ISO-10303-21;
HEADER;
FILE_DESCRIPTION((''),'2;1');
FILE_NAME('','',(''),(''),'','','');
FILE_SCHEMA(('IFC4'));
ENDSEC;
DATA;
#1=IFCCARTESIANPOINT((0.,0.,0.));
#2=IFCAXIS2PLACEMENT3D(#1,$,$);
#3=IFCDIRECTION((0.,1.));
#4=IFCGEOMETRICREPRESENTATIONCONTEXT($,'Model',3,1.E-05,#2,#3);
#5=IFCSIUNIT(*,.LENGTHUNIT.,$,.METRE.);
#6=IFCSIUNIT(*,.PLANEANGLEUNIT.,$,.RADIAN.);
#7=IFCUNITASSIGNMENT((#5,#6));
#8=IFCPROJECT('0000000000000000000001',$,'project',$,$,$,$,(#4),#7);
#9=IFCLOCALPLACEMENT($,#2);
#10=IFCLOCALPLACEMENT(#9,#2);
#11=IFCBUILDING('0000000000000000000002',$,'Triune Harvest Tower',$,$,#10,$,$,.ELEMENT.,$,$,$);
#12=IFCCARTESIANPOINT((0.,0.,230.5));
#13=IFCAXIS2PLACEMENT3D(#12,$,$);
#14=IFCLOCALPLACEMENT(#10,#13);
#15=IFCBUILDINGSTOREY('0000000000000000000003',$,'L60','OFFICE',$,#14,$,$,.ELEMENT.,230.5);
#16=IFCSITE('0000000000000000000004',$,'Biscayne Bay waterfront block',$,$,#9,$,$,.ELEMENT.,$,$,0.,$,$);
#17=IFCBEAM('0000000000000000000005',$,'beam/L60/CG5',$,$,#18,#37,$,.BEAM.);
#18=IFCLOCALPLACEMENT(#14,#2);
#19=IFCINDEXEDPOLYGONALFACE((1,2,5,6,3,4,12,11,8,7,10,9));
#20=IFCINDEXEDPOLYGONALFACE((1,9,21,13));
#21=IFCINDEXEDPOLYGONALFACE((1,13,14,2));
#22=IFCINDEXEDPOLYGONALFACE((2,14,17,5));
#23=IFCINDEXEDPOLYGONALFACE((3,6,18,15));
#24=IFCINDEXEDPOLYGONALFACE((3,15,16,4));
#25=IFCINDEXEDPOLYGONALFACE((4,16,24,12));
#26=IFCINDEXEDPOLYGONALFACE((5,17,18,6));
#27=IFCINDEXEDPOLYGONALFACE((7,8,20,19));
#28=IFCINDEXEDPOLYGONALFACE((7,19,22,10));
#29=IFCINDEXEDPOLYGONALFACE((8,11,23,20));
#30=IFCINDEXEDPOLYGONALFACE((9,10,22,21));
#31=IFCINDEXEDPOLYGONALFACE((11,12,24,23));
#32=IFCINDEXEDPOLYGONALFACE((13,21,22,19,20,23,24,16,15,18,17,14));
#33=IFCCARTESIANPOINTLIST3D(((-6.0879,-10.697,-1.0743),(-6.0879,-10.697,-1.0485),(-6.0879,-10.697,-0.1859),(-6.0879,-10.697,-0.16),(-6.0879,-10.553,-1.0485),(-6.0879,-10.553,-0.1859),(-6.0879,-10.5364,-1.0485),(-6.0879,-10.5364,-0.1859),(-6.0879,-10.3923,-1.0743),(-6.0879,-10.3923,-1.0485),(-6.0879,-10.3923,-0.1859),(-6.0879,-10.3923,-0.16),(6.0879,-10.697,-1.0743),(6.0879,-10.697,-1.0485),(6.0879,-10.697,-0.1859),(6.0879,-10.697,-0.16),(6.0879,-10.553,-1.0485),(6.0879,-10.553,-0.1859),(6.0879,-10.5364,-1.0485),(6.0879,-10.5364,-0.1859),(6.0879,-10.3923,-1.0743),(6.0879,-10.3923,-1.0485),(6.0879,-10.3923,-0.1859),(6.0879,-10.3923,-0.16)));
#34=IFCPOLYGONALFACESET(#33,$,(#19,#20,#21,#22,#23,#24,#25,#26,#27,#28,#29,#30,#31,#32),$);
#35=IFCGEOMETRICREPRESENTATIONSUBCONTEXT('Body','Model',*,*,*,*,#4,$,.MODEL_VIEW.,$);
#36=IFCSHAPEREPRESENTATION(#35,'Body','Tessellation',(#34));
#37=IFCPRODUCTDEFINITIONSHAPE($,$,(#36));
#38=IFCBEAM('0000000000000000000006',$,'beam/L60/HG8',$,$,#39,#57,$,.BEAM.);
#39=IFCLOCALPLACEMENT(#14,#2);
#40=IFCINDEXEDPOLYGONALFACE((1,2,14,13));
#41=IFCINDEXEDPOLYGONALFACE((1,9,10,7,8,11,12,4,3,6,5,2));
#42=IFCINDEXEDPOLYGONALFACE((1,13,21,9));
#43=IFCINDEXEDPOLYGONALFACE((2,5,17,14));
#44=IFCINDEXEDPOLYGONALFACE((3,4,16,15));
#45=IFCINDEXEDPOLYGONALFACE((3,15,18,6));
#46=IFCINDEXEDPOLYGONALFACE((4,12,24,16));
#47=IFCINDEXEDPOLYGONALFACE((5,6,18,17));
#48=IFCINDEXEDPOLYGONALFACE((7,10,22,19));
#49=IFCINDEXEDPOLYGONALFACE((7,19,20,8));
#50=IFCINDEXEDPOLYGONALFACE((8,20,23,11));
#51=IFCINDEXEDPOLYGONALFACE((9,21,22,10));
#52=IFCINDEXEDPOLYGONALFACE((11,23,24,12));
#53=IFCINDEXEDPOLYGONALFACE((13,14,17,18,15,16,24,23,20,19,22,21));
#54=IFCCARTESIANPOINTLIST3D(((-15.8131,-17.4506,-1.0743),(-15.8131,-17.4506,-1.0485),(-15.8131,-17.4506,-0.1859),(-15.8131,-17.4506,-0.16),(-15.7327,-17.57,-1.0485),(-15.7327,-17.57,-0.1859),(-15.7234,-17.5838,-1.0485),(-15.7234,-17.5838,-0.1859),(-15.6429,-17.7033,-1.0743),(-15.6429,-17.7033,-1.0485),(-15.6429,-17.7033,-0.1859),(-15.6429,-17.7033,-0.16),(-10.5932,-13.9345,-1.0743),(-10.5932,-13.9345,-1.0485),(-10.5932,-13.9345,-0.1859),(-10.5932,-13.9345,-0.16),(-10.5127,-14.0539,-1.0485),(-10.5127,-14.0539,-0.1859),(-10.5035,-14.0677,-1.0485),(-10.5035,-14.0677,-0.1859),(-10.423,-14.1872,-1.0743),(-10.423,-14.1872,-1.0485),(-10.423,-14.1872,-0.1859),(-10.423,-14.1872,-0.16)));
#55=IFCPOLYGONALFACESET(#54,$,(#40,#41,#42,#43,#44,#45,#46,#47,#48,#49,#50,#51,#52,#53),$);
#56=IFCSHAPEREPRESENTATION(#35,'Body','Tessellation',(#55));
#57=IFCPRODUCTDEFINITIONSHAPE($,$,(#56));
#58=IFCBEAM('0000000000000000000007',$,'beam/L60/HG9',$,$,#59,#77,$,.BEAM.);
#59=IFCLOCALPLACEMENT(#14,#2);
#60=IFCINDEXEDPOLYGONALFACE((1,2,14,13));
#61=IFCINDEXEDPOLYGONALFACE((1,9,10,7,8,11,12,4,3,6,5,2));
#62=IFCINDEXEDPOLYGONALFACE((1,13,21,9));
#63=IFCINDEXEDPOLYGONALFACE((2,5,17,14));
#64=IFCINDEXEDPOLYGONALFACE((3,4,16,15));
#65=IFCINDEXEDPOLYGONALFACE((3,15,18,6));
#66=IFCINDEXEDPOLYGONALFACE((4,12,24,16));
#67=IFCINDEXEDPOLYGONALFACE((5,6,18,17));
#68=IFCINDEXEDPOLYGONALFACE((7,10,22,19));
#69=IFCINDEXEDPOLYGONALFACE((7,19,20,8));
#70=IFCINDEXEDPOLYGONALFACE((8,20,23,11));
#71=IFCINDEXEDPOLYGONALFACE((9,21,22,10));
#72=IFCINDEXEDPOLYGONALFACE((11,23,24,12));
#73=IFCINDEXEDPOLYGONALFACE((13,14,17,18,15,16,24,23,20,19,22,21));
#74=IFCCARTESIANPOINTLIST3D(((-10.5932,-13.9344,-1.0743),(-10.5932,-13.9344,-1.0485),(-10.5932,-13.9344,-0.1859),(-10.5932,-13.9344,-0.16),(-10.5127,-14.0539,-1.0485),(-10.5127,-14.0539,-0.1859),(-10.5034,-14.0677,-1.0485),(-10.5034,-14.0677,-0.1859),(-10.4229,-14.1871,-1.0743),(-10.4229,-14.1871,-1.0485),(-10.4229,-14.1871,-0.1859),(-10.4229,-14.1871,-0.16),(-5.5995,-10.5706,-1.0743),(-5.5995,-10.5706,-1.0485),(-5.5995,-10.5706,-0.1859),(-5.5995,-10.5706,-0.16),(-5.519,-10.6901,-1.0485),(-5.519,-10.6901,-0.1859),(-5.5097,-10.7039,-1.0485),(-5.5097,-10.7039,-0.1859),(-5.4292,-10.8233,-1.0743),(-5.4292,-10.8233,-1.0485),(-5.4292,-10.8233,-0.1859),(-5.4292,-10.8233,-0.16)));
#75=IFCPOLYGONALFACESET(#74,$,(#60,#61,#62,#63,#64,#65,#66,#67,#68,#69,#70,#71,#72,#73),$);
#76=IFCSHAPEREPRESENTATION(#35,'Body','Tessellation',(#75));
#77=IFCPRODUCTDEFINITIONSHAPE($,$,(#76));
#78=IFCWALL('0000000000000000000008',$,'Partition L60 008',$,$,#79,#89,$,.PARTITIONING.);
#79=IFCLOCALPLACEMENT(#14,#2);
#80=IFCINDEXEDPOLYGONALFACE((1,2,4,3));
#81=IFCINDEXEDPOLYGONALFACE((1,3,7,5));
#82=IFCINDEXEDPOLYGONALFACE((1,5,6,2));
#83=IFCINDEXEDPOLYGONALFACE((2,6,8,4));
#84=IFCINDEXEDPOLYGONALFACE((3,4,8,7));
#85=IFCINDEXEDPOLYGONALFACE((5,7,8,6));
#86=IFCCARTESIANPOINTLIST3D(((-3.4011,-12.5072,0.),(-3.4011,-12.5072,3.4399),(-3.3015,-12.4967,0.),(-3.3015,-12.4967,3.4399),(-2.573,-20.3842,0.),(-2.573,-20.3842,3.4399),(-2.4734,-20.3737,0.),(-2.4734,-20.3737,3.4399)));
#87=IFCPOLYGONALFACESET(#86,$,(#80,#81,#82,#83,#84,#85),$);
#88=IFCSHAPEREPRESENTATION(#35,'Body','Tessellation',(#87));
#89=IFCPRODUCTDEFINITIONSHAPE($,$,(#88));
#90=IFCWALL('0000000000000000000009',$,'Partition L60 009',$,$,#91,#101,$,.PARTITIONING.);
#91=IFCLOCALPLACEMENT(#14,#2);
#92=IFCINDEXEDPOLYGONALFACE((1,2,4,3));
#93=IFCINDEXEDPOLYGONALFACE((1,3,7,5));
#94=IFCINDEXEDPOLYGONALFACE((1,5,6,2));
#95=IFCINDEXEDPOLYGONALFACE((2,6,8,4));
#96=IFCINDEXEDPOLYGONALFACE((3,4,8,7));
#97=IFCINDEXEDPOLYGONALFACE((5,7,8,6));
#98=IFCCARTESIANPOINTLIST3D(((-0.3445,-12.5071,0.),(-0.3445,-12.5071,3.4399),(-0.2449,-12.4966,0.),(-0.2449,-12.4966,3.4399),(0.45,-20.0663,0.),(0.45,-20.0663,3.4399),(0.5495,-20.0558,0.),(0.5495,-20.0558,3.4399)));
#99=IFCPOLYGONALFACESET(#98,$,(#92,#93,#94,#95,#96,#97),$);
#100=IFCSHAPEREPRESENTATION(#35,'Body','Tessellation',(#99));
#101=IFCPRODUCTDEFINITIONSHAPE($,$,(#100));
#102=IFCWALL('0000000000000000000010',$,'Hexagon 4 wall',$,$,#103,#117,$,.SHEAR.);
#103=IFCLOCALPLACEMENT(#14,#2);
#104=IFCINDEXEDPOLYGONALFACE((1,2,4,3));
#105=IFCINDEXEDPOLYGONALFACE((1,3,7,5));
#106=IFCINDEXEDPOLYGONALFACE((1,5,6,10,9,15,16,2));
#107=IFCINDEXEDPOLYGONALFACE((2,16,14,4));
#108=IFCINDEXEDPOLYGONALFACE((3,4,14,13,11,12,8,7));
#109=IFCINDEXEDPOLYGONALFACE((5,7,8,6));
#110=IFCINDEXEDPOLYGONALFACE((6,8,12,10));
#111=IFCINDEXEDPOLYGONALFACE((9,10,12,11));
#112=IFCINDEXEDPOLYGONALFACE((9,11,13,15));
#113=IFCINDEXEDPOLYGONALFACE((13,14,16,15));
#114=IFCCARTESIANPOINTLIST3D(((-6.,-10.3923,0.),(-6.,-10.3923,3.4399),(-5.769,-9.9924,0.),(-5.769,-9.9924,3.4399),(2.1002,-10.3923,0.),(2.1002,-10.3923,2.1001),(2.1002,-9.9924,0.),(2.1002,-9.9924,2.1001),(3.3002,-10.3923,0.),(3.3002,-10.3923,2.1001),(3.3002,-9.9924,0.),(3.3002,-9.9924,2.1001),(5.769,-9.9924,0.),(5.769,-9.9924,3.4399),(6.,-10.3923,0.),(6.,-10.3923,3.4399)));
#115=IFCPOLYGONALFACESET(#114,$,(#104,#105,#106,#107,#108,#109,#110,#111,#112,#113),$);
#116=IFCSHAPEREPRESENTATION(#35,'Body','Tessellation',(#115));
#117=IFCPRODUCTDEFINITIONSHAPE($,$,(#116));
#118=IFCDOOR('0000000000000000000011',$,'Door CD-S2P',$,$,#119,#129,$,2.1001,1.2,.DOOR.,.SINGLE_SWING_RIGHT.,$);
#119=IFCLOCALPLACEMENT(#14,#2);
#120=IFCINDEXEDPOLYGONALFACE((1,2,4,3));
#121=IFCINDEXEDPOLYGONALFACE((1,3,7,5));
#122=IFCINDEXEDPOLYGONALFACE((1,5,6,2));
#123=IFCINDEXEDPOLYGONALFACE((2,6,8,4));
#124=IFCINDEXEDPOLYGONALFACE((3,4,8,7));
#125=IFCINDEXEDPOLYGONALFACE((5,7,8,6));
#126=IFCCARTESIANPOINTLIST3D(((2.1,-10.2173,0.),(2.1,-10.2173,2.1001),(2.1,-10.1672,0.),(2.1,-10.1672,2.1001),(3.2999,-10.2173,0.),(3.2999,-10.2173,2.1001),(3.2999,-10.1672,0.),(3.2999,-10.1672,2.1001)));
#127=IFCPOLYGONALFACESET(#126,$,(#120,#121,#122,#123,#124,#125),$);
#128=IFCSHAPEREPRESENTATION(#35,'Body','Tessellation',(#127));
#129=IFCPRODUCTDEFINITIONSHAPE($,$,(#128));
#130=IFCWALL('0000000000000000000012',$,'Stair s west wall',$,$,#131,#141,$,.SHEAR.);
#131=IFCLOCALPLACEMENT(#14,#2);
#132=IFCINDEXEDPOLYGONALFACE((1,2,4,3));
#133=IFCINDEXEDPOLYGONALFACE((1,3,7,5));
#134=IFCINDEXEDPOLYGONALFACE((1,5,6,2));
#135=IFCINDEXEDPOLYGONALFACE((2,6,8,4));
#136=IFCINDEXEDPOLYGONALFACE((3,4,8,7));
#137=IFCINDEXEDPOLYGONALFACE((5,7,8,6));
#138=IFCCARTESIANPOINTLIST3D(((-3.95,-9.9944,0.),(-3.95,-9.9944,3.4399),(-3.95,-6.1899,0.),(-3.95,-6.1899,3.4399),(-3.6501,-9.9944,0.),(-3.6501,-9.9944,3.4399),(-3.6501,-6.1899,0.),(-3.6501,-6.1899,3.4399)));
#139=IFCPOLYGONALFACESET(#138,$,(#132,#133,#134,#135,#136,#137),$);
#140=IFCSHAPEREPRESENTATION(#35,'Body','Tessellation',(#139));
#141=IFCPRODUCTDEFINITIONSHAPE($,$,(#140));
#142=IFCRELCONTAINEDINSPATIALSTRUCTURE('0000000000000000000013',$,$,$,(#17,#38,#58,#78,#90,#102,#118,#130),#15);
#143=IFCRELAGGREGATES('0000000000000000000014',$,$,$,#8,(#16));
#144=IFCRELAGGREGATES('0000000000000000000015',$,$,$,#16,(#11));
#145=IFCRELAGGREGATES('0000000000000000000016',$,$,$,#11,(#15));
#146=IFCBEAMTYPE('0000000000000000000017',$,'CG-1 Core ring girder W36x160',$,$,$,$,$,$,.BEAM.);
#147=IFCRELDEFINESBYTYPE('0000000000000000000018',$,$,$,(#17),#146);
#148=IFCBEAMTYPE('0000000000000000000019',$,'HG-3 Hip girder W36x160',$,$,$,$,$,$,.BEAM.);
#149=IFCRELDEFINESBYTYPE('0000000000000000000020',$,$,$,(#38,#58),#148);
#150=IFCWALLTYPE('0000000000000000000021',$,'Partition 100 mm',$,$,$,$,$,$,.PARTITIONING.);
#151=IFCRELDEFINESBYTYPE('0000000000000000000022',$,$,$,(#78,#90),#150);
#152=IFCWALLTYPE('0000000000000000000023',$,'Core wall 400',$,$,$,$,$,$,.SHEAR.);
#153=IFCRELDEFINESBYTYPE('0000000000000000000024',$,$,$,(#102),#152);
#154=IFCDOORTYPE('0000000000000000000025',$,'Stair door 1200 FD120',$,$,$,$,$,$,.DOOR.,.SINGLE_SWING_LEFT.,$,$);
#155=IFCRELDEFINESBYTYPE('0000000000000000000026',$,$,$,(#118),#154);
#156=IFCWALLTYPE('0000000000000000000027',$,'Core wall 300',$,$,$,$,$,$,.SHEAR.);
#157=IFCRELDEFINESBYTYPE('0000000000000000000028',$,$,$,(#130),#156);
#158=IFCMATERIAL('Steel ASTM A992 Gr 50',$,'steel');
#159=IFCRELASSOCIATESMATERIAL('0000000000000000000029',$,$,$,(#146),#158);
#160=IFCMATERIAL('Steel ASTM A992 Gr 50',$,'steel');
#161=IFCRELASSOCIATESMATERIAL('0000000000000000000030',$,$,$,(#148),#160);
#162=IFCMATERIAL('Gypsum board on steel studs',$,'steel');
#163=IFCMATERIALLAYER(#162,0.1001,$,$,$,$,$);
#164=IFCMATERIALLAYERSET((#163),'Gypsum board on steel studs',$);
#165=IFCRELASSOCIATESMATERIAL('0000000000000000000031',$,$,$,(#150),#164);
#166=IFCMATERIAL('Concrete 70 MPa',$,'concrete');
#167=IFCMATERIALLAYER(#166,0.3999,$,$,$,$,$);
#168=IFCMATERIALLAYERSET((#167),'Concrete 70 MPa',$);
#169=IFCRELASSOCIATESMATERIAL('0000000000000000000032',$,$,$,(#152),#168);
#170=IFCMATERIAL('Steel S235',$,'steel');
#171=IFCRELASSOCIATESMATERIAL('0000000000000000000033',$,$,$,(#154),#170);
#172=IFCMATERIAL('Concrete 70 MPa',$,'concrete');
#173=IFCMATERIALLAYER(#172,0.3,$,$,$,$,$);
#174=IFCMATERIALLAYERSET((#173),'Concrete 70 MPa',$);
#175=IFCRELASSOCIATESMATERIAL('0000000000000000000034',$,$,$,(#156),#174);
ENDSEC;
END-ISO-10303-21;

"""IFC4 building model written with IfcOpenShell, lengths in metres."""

from ifc_helpers import new_model, si_unit, direction, frame, frame_2d, origin, origin_2d, place, context, subcontext, project, spatial, polyline, rectangle, i_section, outline, extrude, source, transform, mapped, material, layer, layer_set, material_profile, profile_set, type_object, element, fill, save


model = new_model("IFC4")

# Units and contexts
model_context = context("Model", 3, precision=1e-05, world=origin(), true_north=direction((0.0, 1.0)))
body_context = subcontext(model_context, "Body", "Model", "MODEL_VIEW")
ifc_project = project(units=[si_unit("LENGTHUNIT", "METRE"), si_unit("PLANEANGLEUNIT", "RADIAN")], contexts=[model_context])

# Site, building, storey
site_placement = place(None, origin())
site = spatial("IfcSite", under=ifc_project, at=site_placement, Name="Biscayne Bay waterfront block", CompositionType="ELEMENT", RefElevation=0.0)
building_placement = place(site_placement, origin())
building = spatial("IfcBuilding", under=site, at=building_placement, Name="Triune Harvest Tower", CompositionType="ELEMENT")
storey_placement = place(building_placement, frame((0.0, 0.0, 230.5)))
storey = spatial("IfcBuildingStorey", under=building, at=storey_placement, Name="L60", Description="OFFICE", CompositionType="ELEMENT", Elevation=230.5)

# Beams
ifc_material_1 = material(Name="Steel ASTM A992 Gr 50", Category="steel")
ifc_material_profile_1 = material_profile(ifc_material_1, i_section(OverallWidth=0.3047, OverallDepth=0.9143, WebThickness=0.0166, FlangeThickness=0.0259, at=origin_2d()), Name="W36x160")
ifc_profile_set_1 = profile_set([ifc_material_profile_1], Name="Steel ASTM A992 Gr 50")
beam_type_1 = type_object("IfcBeamType", Name="CG-1 Core ring girder W36x160", PredefinedType="BEAM", material=ifc_profile_set_1)
shared_shape_1 = source(origin(), body_context, "Body", "SweptSolid", [
    extrude(i_section(OverallWidth=0.3047, OverallDepth=0.9143, WebThickness=0.0166, FlangeThickness=0.0259, at=origin_2d()), origin(), (0.0, 0.0, 1.0), 12.1758),
])
beam_1_placement = place(storey_placement, frame((-6.0879, -10.5447, -0.6172), z_axis=(1.0, 0.0, 0.0), x_axis=(0.0, 1.0, 0.0)))
element("IfcBeam", 1, at=beam_1_placement, inside=storey, type_object=beam_type_1, Name="beam/L60/CG5", PredefinedType="BEAM", context=body_context, shape_type="MappedRepresentation", body=[
    mapped(shared_shape_1, transform((0.0, 0.0, 0.0), scale=1.0)),
])
ifc_material_2 = material(Name="Steel ASTM A992 Gr 50", Category="steel")
ifc_material_profile_2 = material_profile(ifc_material_2, i_section(OverallWidth=0.3047, OverallDepth=0.9143, WebThickness=0.0166, FlangeThickness=0.0259, at=origin_2d()), Name="W36x160")
ifc_profile_set_2 = profile_set([ifc_material_profile_2], Name="Steel ASTM A992 Gr 50")
beam_type_2 = type_object("IfcBeamType", Name="HG-3 Hip girder W36x160", PredefinedType="BEAM", material=ifc_profile_set_2)
shared_shape_2 = source(origin(), body_context, "Body", "SweptSolid", [
    extrude(i_section(OverallWidth=0.3047, OverallDepth=0.9143, WebThickness=0.0166, FlangeThickness=0.0259, at=origin_2d()), origin(), (0.0, 0.0, 1.0), 6.2937),
])
beam_2_placement = place(storey_placement, frame((-15.728, -17.5769, -0.6172), z_axis=(0.829391, 0.558668, 0.0), x_axis=(-0.558668, 0.829391, 0.0)))
element("IfcBeam", 2, at=beam_2_placement, inside=storey, type_object=beam_type_2, Name="beam/L60/HG8", PredefinedType="BEAM", context=body_context, shape_type="MappedRepresentation", body=[
    mapped(shared_shape_2, transform((0.0, 0.0, 0.0), scale=1.0)),
])
shared_shape_3 = source(origin(), body_context, "Body", "SweptSolid", [
    extrude(i_section(OverallWidth=0.3047, OverallDepth=0.9143, WebThickness=0.0166, FlangeThickness=0.0259, at=origin_2d()), origin(), (0.0, 0.0, 1.0), 6.021),
])
beam_3_placement = place(storey_placement, frame((-10.5081, -14.0608, -0.6172), z_axis=(0.829383, 0.55868, 0.0), x_axis=(-0.55868, 0.829383, 0.0)))
element("IfcBeam", 3, at=beam_3_placement, inside=storey, type_object=beam_type_2, Name="beam/L60/HG9", PredefinedType="BEAM", context=body_context, shape_type="MappedRepresentation", body=[
    mapped(shared_shape_3, transform((0.0, 0.0, 0.0), scale=1.0)),
])

# Walls
ifc_material_3 = material(Name="Gypsum board on steel studs", Category="steel")
ifc_layer_1 = layer(ifc_material_3, 0.1001)
ifc_layer_set_1 = layer_set([ifc_layer_1], Name="Gypsum board on steel studs")
wall_type_1 = type_object("IfcWallType", Name="Partition 100 mm", PredefinedType="PARTITIONING", material=ifc_layer_set_1)
wall_1_placement = place(storey_placement, frame((-3.3513, -12.502, 0.0), z_axis=(0.0, 0.0, 1.0), x_axis=(0.104556, -0.994519, 0.0)))
element("IfcWall", 4, at=wall_1_placement, inside=storey, type_object=wall_type_1, Name="Partition L60 008", PredefinedType="PARTITIONING", context=body_context, shape_type="SweptSolid", body=[
    extrude(rectangle(XDim=7.9204, YDim=0.1001, at=frame_2d((3.9602, 0.0))), origin(), (0.0, 0.0, 1.0), 3.4399),
])
wall_2_placement = place(storey_placement, frame((-0.2947, -12.502, 0.0), z_axis=(0.0, 0.0, 1.0), x_axis=(0.104521, -0.994523, 0.0)))
element("IfcWall", 5, at=wall_2_placement, inside=storey, type_object=wall_type_1, Name="Partition L60 009", PredefinedType="PARTITIONING", context=body_context, shape_type="SweptSolid", body=[
    extrude(rectangle(XDim=7.6008, YDim=0.1001, at=frame_2d((3.8003, 0.0))), origin(), (0.0, 0.0, 1.0), 3.4399),
])

# Wall, opening, door
ifc_material_4 = material(Name="Concrete 70 MPa", Category="concrete")
ifc_layer_2 = layer(ifc_material_4, 0.3999)
ifc_layer_set_2 = layer_set([ifc_layer_2], Name="Concrete 70 MPa")
wall_type_2 = type_object("IfcWallType", Name="Core wall 400", PredefinedType="SHEAR", material=ifc_layer_set_2)
shared_shape_4 = source(origin(), body_context, "Body", "SweptSolid", [
    extrude(outline(polyline([(-0.1155, -0.2), (11.8845, -0.2), (11.6536, 0.2), (0.1155, 0.2), (-0.1155, -0.2)])), origin(), (0.0, 0.0, 1.0), 3.4399),
])
wall_3_placement = place(storey_placement, frame((-5.8845, -10.1924, 0.0), z_axis=(0.0, 0.0, 1.0), x_axis=(1.0, 0.0, 0.0)))
wall_3 = element("IfcWall", 6, at=wall_3_placement, inside=storey, type_object=wall_type_2, Name="Hexagon 4 wall", PredefinedType="SHEAR", context=body_context, shape_type="MappedRepresentation", body=[
    mapped(shared_shape_4, transform((0.0, 0.0, 0.0), scale=1.0)),
])
opening_1_placement = place(wall_3_placement, frame((7.9846, 0.0, 0.0)))
opening_1 = element("IfcOpeningElement", 7, at=opening_1_placement, cuts=wall_3, PredefinedType="OPENING", context=body_context, shape_type="SweptSolid", body=[
    extrude(rectangle(XDim=1.2, YDim=2.1001, at=frame_2d((0.6001, 1.05))), frame((0.0, 0.21, 0.0), z_axis=(0.0, -1.0, 0.0), x_axis=(1.0, 0.0, 0.0)), (0.0, 0.0, 1.0), 0.4199),
])
ifc_material_5 = material(Name="Steel S235", Category="steel")
door_type_1 = type_object("IfcDoorType", Name="Stair door 1200 FD120", OperationType="SINGLE_SWING_LEFT", PredefinedType="DOOR", material=ifc_material_5)
door_1_placement = place(opening_1_placement, frame((1.2, 0.0, 0.0), z_axis=(0.0, 0.0, 1.0), x_axis=(-1.0, 0.0, 0.0)))
door_1 = element("IfcDoor", 8, at=door_1_placement, inside=storey, type_object=door_type_1, Name="Door CD-S2P", OperationType="SINGLE_SWING_RIGHT", OverallHeight=2.1001, OverallWidth=1.2, PredefinedType="DOOR", context=body_context, shape_type="SweptSolid", body=[
    extrude(rectangle(XDim=1.2, YDim=2.1001, at=frame_2d((0.6001, 1.05))), frame((0.0, 0.0249, 0.0), z_axis=(0.0, -1.0, 0.0), x_axis=(1.0, 0.0, 0.0)), (0.0, 0.0, 1.0), 0.05),
])
fill(opening_1, door_1)

# Wall
ifc_material_6 = material(Name="Concrete 70 MPa", Category="concrete")
ifc_layer_3 = layer(ifc_material_6, 0.3)
ifc_layer_set_3 = layer_set([ifc_layer_3], Name="Concrete 70 MPa")
wall_type_3 = type_object("IfcWallType", Name="Core wall 300", PredefinedType="SHEAR", material=ifc_layer_set_3)
shared_shape_5 = source(origin(), body_context, "Body", "SweptSolid", [
    extrude(outline(polyline([(3.8, -0.1499), (-0.0044, -0.1499), (-0.0044, 0.1499), (3.8, 0.1499), (3.8, -0.1499)])), origin(), (0.0, 0.0, 1.0), 3.4399),
])
wall_4_placement = place(storey_placement, frame((-3.8, -9.99, 0.0), z_axis=(0.0, 0.0, 1.0), x_axis=(0.0, 1.0, 0.0)))
element("IfcWall", 9, at=wall_4_placement, inside=storey, type_object=wall_type_3, Name="Stair s west wall", PredefinedType="SHEAR", context=body_context, shape_type="MappedRepresentation", body=[
    mapped(shared_shape_5, transform((0.0, 0.0, 0.0), scale=1.0)),
])

save(model, "model.ifc")
